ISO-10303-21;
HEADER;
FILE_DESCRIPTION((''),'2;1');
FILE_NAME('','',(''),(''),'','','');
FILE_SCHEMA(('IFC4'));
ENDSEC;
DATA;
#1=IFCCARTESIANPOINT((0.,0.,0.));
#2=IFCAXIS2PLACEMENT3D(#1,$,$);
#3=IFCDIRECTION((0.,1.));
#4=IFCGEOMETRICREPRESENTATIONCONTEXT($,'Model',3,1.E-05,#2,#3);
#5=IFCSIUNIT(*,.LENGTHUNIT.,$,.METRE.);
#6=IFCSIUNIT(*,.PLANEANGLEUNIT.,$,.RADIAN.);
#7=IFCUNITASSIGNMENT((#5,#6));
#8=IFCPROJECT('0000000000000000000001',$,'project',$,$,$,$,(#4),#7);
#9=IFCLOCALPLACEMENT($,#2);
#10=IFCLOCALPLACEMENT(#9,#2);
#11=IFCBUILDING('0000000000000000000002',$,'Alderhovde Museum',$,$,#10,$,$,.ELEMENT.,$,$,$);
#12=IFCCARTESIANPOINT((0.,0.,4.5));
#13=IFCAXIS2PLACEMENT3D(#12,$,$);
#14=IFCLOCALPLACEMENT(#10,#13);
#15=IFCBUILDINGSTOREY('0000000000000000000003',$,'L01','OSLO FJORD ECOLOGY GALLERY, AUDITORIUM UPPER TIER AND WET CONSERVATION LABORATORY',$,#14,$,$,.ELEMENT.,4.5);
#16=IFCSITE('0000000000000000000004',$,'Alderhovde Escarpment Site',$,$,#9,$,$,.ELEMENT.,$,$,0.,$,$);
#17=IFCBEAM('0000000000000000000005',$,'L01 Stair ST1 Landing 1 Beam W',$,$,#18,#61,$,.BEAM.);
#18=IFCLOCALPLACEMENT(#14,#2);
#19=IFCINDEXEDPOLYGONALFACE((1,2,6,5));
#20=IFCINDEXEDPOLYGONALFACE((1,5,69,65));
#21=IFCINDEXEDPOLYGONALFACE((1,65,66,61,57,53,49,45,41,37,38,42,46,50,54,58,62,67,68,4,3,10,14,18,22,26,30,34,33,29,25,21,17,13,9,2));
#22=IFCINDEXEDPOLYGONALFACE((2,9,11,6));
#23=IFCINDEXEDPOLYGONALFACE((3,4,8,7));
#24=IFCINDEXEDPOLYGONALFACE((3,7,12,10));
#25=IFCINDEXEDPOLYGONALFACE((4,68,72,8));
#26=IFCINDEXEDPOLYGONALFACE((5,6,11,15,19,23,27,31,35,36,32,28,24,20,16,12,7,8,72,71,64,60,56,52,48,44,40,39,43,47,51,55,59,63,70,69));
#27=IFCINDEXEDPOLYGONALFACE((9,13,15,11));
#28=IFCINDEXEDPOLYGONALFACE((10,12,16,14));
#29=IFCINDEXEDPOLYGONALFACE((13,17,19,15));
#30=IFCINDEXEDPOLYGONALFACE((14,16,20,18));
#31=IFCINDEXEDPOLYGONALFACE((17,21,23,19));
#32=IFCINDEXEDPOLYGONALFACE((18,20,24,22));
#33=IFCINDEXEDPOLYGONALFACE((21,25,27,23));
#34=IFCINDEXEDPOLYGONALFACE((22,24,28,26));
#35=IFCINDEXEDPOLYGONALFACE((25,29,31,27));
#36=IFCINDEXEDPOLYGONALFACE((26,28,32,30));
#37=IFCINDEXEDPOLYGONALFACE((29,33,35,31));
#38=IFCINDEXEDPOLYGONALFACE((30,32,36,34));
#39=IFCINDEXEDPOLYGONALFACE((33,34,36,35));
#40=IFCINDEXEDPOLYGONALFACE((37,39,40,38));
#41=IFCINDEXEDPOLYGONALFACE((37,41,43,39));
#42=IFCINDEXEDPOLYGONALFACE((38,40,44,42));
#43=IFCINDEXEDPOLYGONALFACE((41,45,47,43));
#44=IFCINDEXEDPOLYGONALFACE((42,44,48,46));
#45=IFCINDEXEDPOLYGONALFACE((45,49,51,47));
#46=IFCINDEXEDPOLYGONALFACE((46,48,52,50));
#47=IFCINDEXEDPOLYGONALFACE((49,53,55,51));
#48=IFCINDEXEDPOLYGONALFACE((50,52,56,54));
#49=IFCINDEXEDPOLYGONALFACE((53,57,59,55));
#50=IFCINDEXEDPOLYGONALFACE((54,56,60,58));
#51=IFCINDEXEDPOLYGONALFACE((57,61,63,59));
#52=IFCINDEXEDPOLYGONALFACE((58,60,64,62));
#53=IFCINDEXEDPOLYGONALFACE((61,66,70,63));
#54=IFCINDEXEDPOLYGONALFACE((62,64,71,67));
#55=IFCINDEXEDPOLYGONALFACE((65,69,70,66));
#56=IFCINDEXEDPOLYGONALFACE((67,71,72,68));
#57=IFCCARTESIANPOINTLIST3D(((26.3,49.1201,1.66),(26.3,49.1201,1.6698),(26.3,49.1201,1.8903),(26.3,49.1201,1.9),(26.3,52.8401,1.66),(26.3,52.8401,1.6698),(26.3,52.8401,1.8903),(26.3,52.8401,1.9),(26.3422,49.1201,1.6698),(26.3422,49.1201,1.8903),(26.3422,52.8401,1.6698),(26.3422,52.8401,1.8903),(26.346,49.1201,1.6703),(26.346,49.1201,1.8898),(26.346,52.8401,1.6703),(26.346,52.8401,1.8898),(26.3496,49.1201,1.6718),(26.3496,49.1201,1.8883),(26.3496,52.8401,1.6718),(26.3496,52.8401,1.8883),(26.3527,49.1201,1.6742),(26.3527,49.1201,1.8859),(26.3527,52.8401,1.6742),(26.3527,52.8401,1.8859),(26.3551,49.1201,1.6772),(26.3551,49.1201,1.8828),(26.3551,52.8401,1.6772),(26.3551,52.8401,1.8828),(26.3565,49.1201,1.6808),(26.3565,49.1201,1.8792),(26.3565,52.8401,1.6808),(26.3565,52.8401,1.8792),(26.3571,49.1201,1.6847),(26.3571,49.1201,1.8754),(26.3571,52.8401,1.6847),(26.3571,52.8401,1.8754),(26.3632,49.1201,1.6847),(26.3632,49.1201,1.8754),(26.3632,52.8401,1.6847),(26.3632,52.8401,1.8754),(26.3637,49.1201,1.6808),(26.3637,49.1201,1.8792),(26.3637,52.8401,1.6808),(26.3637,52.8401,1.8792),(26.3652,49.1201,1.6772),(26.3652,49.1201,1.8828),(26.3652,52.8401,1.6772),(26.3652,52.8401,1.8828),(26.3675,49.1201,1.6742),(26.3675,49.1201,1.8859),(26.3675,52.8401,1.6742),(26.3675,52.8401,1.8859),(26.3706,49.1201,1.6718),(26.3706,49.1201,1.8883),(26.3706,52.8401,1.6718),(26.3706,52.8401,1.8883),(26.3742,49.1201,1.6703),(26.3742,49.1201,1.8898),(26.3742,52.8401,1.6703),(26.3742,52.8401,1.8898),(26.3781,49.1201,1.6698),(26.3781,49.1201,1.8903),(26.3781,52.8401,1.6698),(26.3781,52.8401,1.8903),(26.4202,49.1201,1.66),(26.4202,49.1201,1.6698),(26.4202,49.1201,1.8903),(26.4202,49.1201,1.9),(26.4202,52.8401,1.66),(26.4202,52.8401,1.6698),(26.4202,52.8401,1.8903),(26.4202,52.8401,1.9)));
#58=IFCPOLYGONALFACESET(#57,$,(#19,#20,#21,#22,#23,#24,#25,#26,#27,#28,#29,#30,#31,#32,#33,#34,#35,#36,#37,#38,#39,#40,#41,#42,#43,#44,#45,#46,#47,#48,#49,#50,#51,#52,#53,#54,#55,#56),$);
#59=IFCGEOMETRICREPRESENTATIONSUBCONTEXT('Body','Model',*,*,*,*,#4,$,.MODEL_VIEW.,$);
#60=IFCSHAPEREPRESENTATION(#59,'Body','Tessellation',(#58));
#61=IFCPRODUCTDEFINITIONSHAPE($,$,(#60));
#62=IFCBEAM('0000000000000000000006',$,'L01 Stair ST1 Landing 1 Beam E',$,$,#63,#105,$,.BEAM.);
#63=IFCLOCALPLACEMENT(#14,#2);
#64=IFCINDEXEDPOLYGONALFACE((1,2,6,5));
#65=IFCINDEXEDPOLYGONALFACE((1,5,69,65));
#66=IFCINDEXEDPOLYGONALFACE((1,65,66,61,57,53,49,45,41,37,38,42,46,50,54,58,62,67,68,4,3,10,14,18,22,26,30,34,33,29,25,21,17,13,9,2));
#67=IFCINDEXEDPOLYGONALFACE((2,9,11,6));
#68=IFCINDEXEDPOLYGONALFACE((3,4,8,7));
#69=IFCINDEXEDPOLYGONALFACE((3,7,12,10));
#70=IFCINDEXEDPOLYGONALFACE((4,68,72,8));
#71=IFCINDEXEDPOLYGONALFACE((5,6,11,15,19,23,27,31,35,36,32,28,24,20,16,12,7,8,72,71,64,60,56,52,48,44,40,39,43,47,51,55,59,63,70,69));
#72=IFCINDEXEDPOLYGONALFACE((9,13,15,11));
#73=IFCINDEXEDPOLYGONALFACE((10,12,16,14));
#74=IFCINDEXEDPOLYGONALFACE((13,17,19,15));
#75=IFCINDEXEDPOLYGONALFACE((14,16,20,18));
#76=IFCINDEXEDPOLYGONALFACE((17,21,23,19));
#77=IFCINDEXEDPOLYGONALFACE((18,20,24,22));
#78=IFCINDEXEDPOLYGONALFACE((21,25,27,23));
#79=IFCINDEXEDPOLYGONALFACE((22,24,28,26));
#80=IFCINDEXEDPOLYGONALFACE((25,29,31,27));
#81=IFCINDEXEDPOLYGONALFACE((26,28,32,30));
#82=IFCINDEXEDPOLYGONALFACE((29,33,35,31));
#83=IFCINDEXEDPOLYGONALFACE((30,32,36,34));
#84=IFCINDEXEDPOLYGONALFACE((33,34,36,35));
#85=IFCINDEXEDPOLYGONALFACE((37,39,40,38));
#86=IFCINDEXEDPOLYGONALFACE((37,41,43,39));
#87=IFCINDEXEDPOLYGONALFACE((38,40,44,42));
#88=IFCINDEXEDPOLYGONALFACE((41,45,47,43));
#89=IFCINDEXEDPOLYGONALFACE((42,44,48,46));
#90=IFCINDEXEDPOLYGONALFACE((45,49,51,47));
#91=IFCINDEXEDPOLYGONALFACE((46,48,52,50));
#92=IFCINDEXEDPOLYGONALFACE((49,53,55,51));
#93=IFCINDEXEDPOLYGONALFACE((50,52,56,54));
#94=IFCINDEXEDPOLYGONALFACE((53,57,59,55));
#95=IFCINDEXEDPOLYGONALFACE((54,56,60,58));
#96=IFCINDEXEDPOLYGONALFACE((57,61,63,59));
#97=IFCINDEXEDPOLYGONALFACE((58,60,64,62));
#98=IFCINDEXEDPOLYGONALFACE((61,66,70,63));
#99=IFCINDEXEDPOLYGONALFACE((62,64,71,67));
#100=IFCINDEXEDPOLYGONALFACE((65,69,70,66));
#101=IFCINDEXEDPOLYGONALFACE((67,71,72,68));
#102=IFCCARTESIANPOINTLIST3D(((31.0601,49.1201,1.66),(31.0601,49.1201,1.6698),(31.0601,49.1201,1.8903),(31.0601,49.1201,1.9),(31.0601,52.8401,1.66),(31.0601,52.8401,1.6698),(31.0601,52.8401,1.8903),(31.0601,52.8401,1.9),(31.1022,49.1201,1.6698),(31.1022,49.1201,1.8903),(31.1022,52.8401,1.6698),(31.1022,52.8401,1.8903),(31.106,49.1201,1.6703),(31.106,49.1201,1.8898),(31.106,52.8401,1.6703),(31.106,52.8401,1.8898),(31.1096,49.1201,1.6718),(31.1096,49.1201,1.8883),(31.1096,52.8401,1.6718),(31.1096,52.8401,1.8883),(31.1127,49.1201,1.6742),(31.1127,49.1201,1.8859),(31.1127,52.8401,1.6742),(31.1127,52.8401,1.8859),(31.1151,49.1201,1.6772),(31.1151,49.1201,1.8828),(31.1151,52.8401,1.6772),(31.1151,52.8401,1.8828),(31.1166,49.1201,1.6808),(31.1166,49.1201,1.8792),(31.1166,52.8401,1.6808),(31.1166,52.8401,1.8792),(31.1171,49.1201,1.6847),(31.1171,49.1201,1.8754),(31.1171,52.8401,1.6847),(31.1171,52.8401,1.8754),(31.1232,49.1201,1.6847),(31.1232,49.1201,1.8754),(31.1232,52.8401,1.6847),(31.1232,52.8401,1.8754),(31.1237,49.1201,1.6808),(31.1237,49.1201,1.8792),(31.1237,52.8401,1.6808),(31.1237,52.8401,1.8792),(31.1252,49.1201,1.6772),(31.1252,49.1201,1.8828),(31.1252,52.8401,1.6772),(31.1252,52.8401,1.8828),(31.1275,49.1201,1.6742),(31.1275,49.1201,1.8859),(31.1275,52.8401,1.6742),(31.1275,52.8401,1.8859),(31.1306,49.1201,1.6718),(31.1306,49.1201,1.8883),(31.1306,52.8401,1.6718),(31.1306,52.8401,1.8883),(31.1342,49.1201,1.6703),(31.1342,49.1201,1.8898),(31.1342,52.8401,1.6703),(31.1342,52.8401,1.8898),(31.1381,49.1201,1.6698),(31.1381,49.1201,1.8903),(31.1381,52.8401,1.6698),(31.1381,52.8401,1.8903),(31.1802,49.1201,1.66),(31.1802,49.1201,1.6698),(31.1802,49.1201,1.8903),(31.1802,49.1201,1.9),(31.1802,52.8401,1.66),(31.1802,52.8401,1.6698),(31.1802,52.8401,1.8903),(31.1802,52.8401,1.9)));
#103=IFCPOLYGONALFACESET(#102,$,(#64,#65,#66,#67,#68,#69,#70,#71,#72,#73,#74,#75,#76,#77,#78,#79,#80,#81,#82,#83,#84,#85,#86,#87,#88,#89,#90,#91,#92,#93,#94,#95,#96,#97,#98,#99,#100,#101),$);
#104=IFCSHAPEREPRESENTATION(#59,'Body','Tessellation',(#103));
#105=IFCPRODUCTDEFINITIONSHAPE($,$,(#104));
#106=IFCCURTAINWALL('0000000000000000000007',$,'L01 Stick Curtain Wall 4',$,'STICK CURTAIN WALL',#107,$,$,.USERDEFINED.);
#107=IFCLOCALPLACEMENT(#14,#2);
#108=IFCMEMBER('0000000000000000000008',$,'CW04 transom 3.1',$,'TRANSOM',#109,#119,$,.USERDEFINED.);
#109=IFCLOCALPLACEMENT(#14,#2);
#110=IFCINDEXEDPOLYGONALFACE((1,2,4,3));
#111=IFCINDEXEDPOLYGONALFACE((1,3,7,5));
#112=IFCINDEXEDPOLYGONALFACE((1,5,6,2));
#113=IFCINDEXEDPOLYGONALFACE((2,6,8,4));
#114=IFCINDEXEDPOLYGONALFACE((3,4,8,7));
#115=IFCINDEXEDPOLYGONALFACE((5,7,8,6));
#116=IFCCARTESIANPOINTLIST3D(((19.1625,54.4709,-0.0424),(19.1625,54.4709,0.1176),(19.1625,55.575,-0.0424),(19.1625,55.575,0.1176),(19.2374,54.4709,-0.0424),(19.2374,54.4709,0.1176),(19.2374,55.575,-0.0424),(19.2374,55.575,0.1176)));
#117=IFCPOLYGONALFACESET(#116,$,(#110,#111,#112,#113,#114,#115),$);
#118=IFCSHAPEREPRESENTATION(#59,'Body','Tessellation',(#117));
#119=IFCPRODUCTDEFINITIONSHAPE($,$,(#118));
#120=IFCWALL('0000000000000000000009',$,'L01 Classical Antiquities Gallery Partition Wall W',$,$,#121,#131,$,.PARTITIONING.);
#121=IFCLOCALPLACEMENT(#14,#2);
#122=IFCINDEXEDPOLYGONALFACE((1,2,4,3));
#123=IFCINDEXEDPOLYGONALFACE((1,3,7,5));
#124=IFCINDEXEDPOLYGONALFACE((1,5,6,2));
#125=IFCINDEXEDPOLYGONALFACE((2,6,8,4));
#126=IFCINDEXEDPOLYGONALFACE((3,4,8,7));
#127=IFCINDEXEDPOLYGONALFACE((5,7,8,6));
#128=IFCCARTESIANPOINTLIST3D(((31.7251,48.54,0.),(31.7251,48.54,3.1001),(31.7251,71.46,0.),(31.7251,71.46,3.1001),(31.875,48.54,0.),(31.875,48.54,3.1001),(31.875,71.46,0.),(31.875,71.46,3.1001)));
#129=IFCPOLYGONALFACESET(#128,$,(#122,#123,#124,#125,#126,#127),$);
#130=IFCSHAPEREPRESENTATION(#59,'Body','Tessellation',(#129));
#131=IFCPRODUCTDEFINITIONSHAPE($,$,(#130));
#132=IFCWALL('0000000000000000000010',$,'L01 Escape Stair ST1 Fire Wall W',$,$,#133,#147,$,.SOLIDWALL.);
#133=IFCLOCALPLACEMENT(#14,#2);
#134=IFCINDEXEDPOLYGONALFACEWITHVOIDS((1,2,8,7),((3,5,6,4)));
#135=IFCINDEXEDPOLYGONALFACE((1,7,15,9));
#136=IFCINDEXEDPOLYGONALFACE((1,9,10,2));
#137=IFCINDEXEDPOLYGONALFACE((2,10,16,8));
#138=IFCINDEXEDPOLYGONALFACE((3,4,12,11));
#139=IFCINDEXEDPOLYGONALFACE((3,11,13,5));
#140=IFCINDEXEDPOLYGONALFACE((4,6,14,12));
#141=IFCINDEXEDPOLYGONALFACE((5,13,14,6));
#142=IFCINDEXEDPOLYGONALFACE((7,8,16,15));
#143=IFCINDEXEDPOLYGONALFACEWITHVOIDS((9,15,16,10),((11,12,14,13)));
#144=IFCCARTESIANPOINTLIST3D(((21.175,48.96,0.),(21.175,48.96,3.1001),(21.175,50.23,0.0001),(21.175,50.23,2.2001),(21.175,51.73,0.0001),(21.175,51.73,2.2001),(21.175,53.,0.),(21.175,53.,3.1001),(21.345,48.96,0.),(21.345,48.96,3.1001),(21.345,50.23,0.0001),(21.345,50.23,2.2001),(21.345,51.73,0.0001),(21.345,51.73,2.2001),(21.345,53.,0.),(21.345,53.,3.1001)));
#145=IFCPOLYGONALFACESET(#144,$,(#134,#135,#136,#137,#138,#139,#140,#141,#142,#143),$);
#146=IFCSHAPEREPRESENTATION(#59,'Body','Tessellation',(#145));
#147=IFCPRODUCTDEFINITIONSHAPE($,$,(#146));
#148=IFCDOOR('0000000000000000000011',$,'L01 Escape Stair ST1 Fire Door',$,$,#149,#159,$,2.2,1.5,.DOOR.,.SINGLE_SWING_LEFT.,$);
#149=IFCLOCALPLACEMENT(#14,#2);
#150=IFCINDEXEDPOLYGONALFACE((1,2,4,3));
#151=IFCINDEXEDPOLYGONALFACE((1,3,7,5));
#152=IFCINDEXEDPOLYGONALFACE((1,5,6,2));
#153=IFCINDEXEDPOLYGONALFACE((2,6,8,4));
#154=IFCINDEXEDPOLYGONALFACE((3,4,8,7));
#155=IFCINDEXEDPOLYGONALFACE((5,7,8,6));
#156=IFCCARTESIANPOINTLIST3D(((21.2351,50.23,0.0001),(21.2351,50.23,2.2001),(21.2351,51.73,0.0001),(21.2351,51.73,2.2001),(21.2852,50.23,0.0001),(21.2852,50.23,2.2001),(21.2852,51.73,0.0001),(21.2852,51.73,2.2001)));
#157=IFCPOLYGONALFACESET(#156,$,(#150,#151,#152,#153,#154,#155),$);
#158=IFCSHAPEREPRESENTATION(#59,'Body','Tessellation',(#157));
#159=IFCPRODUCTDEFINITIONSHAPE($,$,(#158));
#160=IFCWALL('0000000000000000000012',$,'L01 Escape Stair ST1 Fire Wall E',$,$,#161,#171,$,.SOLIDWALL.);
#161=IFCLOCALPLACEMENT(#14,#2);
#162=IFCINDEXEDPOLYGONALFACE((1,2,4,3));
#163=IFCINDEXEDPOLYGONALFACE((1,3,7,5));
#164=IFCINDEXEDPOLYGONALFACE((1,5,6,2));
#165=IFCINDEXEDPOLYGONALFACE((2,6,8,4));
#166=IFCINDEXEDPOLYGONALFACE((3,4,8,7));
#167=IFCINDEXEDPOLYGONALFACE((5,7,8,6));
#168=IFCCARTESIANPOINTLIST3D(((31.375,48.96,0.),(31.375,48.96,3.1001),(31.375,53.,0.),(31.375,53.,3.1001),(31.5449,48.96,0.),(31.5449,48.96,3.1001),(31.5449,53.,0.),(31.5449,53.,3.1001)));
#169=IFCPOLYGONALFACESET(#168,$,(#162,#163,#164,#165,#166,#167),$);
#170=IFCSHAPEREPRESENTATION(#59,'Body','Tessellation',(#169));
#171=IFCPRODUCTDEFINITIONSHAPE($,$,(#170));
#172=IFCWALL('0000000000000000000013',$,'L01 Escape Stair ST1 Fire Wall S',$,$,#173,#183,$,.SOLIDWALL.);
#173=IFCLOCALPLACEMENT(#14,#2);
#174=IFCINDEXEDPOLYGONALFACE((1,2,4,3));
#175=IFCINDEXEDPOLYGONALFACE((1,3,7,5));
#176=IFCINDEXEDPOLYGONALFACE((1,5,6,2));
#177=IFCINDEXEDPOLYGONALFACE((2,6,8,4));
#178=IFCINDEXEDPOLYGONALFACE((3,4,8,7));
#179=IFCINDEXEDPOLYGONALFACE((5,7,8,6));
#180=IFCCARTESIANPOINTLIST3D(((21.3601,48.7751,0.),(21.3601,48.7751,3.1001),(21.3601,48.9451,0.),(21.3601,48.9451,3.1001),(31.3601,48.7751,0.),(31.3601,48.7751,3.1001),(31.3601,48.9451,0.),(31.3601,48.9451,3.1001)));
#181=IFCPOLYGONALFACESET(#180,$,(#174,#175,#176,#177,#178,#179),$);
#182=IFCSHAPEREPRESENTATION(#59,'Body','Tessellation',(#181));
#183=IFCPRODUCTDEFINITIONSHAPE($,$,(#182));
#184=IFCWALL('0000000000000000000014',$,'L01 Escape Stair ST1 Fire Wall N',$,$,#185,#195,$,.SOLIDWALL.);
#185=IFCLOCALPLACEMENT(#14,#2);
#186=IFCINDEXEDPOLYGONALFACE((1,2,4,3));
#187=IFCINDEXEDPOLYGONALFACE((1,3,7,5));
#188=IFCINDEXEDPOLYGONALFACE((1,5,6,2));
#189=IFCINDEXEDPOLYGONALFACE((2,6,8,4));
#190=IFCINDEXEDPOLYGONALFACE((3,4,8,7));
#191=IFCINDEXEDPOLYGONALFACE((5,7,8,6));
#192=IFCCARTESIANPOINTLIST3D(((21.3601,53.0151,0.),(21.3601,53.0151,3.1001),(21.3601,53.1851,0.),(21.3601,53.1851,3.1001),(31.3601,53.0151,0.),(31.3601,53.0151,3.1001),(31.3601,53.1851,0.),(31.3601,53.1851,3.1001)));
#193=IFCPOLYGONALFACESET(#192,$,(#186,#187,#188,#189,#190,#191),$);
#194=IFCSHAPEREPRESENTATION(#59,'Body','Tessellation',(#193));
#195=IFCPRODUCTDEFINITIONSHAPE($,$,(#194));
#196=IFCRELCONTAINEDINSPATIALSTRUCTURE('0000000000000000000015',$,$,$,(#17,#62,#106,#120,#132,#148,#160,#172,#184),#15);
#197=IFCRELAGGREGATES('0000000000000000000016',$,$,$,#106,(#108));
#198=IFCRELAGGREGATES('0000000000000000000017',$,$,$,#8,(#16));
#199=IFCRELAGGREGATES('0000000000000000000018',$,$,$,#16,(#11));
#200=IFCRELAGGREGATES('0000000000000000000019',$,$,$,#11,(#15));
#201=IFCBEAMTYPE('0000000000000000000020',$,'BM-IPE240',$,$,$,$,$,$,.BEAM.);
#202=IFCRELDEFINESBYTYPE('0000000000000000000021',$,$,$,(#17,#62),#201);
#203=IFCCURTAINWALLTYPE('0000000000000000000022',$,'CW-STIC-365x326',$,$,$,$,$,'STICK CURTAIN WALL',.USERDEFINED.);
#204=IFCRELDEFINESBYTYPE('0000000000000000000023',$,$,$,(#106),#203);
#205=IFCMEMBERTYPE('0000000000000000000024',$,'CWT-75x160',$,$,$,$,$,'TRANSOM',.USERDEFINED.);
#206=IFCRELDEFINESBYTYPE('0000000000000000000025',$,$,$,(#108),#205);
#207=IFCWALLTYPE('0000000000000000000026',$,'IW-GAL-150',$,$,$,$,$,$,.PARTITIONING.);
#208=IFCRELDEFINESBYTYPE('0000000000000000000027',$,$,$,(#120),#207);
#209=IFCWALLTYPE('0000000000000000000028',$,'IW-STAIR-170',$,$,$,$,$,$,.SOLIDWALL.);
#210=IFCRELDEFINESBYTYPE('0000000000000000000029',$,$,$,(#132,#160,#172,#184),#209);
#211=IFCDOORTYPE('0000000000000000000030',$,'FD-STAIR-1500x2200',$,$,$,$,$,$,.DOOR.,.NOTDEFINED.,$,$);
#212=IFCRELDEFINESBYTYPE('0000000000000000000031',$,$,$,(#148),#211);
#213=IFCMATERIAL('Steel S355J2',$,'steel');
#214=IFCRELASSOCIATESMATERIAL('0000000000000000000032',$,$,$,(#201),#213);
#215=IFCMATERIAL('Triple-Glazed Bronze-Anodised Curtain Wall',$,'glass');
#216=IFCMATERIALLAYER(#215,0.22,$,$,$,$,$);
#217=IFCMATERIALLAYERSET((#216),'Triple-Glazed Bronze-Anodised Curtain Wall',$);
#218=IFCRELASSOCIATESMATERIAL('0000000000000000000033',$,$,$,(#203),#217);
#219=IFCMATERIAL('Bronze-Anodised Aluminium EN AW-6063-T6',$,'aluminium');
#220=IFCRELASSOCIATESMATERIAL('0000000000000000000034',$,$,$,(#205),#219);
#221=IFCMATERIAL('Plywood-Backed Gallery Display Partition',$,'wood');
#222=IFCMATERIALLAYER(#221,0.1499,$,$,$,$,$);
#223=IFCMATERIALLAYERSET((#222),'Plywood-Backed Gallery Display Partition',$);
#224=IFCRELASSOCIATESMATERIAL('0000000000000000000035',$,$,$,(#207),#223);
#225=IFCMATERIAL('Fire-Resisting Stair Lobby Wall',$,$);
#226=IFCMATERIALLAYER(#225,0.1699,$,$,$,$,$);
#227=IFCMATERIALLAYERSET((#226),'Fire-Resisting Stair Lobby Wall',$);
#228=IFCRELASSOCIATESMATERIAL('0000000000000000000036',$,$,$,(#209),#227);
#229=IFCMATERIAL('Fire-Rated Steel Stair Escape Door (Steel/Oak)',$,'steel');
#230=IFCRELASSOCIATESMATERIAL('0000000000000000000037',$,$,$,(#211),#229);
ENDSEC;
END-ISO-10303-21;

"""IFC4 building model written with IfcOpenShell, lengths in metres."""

from ifc_helpers import new_model, si_unit, direction, frame, frame_2d, origin, origin_2d, place, context, subcontext, project, spatial, rectangle, i_section, extrude, material, layer, layer_set, material_profile, profile_set, type_object, element, fill, aggregate, save


model = new_model("IFC4")

# Units and contexts
model_context = context("Model", 3, precision=1e-05, world=origin(), true_north=direction((0.0, 1.0)))
body_context = subcontext(model_context, "Body", "Model", "MODEL_VIEW")
ifc_project = project(units=[si_unit("LENGTHUNIT", "METRE"), si_unit("PLANEANGLEUNIT", "RADIAN")], contexts=[model_context])

# Site, building, storey
site_placement = place(None, origin())
site = spatial("IfcSite", under=ifc_project, at=site_placement, Name="Alderhovde Escarpment Site", CompositionType="ELEMENT", RefElevation=0.0)
building_placement = place(site_placement, origin())
building = spatial("IfcBuilding", under=site, at=building_placement, Name="Alderhovde Museum", CompositionType="ELEMENT")
storey_placement = place(building_placement, frame((0.0, 0.0, 4.5)))
storey = spatial("IfcBuildingStorey", under=building, at=storey_placement, Name="L01", Description="OSLO FJORD ECOLOGY GALLERY, AUDITORIUM UPPER TIER AND WET CONSERVATION LABORATORY", CompositionType="ELEMENT", Elevation=4.5)

# Beams
ifc_material_1 = material(Name="Steel S355J2", Category="steel")
ifc_material_profile_1 = material_profile(ifc_material_1, i_section(OverallWidth=0.1201, OverallDepth=0.24, WebThickness=0.0061, FlangeThickness=0.0098, FilletRadius=0.0149, at=origin_2d()), Name="IPE 240")
ifc_profile_set_1 = profile_set([ifc_material_profile_1], Name="Steel S355J2")
beam_type = type_object("IfcBeamType", Name="BM-IPE240", PredefinedType="BEAM", material=ifc_profile_set_1)
for number, where, z_axis, x_axis, name in (
    (1, (26.3601, 49.1201, 1.78), (0.0, 1.0, 0.0), (-1.0, 0.0, 0.0), "L01 Stair ST1 Landing 1 Beam W"),
    (2, (31.1201, 49.1201, 1.78), (0.0, 1.0, 0.0), (-1.0, 0.0, 0.0), "L01 Stair ST1 Landing 1 Beam E"),
):
    element("IfcBeam", number, at=place(storey_placement, frame(where, z_axis=z_axis, x_axis=x_axis)), inside=storey, type_object=beam_type, Name=name, PredefinedType="BEAM", context=body_context, shape_type="SweptSolid", body=[
        extrude(i_section(OverallWidth=0.1201, OverallDepth=0.24, WebThickness=0.0061, FlangeThickness=0.0098, FilletRadius=0.0149, at=origin_2d()), origin(), (0.0, 0.0, 1.0), 3.72),
    ])

# Curtain wall, member
ifc_material_2 = material(Name="Triple-Glazed Bronze-Anodised Curtain Wall", Category="glass")
ifc_layer_1 = layer(ifc_material_2, 0.22)
ifc_layer_set_1 = layer_set([ifc_layer_1], Name="Triple-Glazed Bronze-Anodised Curtain Wall")
curtain_wall_type = type_object("IfcCurtainWallType", Name="CW-STIC-365x326", ElementType="STICK CURTAIN WALL", PredefinedType="USERDEFINED", material=ifc_layer_set_1)
curtain_wall_placement = place(storey_placement, origin())
curtain_wall = element("IfcCurtainWall", 3, at=curtain_wall_placement, inside=storey, type_object=curtain_wall_type, Name="L01 Stick Curtain Wall 4", ObjectType="STICK CURTAIN WALL", PredefinedType="USERDEFINED")
ifc_material_3 = material(Name="Bronze-Anodised Aluminium EN AW-6063-T6", Category="aluminium")
ifc_material_profile_2 = material_profile(ifc_material_3, rectangle(XDim=0.075, YDim=0.1599, at=origin_2d()), Name="TRANSOM 75x160")
ifc_profile_set_2 = profile_set([ifc_material_profile_2], Name="Bronze-Anodised Aluminium EN AW-6063-T6")
member_type = type_object("IfcMemberType", Name="CWT-75x160", ElementType="TRANSOM", PredefinedType="USERDEFINED", material=ifc_profile_set_2)
member_placement = place(storey_placement, frame((19.2, 54.4709, 0.0376), z_axis=(0.0, 1.0, 0.0), x_axis=(-1.0, 0.0, 0.0)))
member = element("IfcMember", 4, at=member_placement, type_object=member_type, Name="CW04 transom 3.1", ObjectType="TRANSOM", PredefinedType="USERDEFINED", context=body_context, shape_type="SweptSolid", body=[
    extrude(rectangle(XDim=0.075, YDim=0.1599, at=origin_2d()), origin(), (0.0, 0.0, 1.0), 1.104),
])
aggregate(curtain_wall, [member])

# Wall
ifc_material_4 = material(Name="Plywood-Backed Gallery Display Partition", Category="wood")
ifc_layer_2 = layer(ifc_material_4, 0.1499)
ifc_layer_set_2 = layer_set([ifc_layer_2], Name="Plywood-Backed Gallery Display Partition")
wall_type_1 = type_object("IfcWallType", Name="IW-GAL-150", PredefinedType="PARTITIONING", material=ifc_layer_set_2)
wall_1_placement = place(storey_placement, frame((31.8, 48.54, 0.0), z_axis=(0.0, 0.0, 1.0), x_axis=(0.0, 1.0, 0.0)))
element("IfcWall", 5, at=wall_1_placement, inside=storey, type_object=wall_type_1, Name="L01 Classical Antiquities Gallery Partition Wall W", PredefinedType="PARTITIONING", context=body_context, shape_type="SweptSolid", body=[
    extrude(rectangle(XDim=22.9199, YDim=0.1499, at=frame_2d((11.46, 0.0))), origin(), (0.0, 0.0, 1.0), 3.1001),
])

# Wall, opening, door
ifc_material_5 = material(Name="Fire-Resisting Stair Lobby Wall")
ifc_layer_3 = layer(ifc_material_5, 0.1699)
ifc_layer_set_3 = layer_set([ifc_layer_3], Name="Fire-Resisting Stair Lobby Wall")
wall_type_2 = type_object("IfcWallType", Name="IW-STAIR-170", PredefinedType="SOLIDWALL", material=ifc_layer_set_3)
wall_2_placement = place(storey_placement, frame((21.26, 48.96, 0.0), z_axis=(0.0, 0.0, 1.0), x_axis=(0.0, 1.0, 0.0)))
wall_2 = element("IfcWall", 6, at=wall_2_placement, inside=storey, type_object=wall_type_2, Name="L01 Escape Stair ST1 Fire Wall W", PredefinedType="SOLIDWALL", context=body_context, shape_type="SweptSolid", body=[
    extrude(rectangle(XDim=4.04, YDim=0.1699, at=frame_2d((2.02, 0.0))), origin(), (0.0, 0.0, 1.0), 3.1001),
])
opening_placement = place(wall_2_placement, frame((1.27, 0.0, 0.0)))
opening = element("IfcOpeningElement", 7, at=opening_placement, cuts=wall_2, PredefinedType="OPENING", context=body_context, shape_type="SweptSolid", body=[
    extrude(rectangle(XDim=1.5, YDim=2.2, at=frame_2d((0.75, 1.1001))), frame((0.0, 0.095, 0.0), z_axis=(0.0, -1.0, 0.0), x_axis=(1.0, 0.0, 0.0)), (0.0, 0.0, 1.0), 0.1899),
])
ifc_material_6 = material(Name="Fire-Rated Steel Stair Escape Door (Steel/Oak)", Category="steel")
door_type = type_object("IfcDoorType", Name="FD-STAIR-1500x2200", OperationType="NOTDEFINED", PredefinedType="DOOR", material=ifc_material_6)
door_placement = place(opening_placement, origin())
door = element("IfcDoor", 8, at=door_placement, inside=storey, type_object=door_type, Name="L01 Escape Stair ST1 Fire Door", OperationType="SINGLE_SWING_LEFT", OverallHeight=2.2, OverallWidth=1.5, PredefinedType="DOOR", context=body_context, shape_type="SweptSolid", body=[
    extrude(rectangle(XDim=1.5, YDim=2.2, at=frame_2d((0.75, 1.1001))), frame((0.0, 0.0249, 0.0), z_axis=(0.0, -1.0, 0.0), x_axis=(1.0, 0.0, 0.0)), (0.0, 0.0, 1.0), 0.05),
])
fill(opening, door)

# Walls
wall_3_placement = place(storey_placement, frame((31.46, 48.96, 0.0), z_axis=(0.0, 0.0, 1.0), x_axis=(0.0, 1.0, 0.0)))
element("IfcWall", 9, at=wall_3_placement, inside=storey, type_object=wall_type_2, Name="L01 Escape Stair ST1 Fire Wall E", PredefinedType="SOLIDWALL", context=body_context, shape_type="SweptSolid", body=[
    extrude(rectangle(XDim=4.04, YDim=0.1699, at=frame_2d((2.02, 0.0))), origin(), (0.0, 0.0, 1.0), 3.1001),
])
for number, where, z_axis, x_axis, name in (
    (10, (21.3601, 48.8601, 0.0), (0.0, 0.0, 1.0), (1.0, 0.0, 0.0), "L01 Escape Stair ST1 Fire Wall S"),
    (11, (21.3601, 53.1001, 0.0), (0.0, 0.0, 1.0), (1.0, 0.0, 0.0), "L01 Escape Stair ST1 Fire Wall N"),
):
    element("IfcWall", number, at=place(storey_placement, frame(where, z_axis=z_axis, x_axis=x_axis)), inside=storey, type_object=wall_type_2, Name=name, PredefinedType="SOLIDWALL", context=body_context, shape_type="SweptSolid", body=[
        extrude(rectangle(XDim=10.0, YDim=0.1699, at=frame_2d((5.0, 0.0))), origin(), (0.0, 0.0, 1.0), 3.1001),
    ])

save(model, "model.ifc")
